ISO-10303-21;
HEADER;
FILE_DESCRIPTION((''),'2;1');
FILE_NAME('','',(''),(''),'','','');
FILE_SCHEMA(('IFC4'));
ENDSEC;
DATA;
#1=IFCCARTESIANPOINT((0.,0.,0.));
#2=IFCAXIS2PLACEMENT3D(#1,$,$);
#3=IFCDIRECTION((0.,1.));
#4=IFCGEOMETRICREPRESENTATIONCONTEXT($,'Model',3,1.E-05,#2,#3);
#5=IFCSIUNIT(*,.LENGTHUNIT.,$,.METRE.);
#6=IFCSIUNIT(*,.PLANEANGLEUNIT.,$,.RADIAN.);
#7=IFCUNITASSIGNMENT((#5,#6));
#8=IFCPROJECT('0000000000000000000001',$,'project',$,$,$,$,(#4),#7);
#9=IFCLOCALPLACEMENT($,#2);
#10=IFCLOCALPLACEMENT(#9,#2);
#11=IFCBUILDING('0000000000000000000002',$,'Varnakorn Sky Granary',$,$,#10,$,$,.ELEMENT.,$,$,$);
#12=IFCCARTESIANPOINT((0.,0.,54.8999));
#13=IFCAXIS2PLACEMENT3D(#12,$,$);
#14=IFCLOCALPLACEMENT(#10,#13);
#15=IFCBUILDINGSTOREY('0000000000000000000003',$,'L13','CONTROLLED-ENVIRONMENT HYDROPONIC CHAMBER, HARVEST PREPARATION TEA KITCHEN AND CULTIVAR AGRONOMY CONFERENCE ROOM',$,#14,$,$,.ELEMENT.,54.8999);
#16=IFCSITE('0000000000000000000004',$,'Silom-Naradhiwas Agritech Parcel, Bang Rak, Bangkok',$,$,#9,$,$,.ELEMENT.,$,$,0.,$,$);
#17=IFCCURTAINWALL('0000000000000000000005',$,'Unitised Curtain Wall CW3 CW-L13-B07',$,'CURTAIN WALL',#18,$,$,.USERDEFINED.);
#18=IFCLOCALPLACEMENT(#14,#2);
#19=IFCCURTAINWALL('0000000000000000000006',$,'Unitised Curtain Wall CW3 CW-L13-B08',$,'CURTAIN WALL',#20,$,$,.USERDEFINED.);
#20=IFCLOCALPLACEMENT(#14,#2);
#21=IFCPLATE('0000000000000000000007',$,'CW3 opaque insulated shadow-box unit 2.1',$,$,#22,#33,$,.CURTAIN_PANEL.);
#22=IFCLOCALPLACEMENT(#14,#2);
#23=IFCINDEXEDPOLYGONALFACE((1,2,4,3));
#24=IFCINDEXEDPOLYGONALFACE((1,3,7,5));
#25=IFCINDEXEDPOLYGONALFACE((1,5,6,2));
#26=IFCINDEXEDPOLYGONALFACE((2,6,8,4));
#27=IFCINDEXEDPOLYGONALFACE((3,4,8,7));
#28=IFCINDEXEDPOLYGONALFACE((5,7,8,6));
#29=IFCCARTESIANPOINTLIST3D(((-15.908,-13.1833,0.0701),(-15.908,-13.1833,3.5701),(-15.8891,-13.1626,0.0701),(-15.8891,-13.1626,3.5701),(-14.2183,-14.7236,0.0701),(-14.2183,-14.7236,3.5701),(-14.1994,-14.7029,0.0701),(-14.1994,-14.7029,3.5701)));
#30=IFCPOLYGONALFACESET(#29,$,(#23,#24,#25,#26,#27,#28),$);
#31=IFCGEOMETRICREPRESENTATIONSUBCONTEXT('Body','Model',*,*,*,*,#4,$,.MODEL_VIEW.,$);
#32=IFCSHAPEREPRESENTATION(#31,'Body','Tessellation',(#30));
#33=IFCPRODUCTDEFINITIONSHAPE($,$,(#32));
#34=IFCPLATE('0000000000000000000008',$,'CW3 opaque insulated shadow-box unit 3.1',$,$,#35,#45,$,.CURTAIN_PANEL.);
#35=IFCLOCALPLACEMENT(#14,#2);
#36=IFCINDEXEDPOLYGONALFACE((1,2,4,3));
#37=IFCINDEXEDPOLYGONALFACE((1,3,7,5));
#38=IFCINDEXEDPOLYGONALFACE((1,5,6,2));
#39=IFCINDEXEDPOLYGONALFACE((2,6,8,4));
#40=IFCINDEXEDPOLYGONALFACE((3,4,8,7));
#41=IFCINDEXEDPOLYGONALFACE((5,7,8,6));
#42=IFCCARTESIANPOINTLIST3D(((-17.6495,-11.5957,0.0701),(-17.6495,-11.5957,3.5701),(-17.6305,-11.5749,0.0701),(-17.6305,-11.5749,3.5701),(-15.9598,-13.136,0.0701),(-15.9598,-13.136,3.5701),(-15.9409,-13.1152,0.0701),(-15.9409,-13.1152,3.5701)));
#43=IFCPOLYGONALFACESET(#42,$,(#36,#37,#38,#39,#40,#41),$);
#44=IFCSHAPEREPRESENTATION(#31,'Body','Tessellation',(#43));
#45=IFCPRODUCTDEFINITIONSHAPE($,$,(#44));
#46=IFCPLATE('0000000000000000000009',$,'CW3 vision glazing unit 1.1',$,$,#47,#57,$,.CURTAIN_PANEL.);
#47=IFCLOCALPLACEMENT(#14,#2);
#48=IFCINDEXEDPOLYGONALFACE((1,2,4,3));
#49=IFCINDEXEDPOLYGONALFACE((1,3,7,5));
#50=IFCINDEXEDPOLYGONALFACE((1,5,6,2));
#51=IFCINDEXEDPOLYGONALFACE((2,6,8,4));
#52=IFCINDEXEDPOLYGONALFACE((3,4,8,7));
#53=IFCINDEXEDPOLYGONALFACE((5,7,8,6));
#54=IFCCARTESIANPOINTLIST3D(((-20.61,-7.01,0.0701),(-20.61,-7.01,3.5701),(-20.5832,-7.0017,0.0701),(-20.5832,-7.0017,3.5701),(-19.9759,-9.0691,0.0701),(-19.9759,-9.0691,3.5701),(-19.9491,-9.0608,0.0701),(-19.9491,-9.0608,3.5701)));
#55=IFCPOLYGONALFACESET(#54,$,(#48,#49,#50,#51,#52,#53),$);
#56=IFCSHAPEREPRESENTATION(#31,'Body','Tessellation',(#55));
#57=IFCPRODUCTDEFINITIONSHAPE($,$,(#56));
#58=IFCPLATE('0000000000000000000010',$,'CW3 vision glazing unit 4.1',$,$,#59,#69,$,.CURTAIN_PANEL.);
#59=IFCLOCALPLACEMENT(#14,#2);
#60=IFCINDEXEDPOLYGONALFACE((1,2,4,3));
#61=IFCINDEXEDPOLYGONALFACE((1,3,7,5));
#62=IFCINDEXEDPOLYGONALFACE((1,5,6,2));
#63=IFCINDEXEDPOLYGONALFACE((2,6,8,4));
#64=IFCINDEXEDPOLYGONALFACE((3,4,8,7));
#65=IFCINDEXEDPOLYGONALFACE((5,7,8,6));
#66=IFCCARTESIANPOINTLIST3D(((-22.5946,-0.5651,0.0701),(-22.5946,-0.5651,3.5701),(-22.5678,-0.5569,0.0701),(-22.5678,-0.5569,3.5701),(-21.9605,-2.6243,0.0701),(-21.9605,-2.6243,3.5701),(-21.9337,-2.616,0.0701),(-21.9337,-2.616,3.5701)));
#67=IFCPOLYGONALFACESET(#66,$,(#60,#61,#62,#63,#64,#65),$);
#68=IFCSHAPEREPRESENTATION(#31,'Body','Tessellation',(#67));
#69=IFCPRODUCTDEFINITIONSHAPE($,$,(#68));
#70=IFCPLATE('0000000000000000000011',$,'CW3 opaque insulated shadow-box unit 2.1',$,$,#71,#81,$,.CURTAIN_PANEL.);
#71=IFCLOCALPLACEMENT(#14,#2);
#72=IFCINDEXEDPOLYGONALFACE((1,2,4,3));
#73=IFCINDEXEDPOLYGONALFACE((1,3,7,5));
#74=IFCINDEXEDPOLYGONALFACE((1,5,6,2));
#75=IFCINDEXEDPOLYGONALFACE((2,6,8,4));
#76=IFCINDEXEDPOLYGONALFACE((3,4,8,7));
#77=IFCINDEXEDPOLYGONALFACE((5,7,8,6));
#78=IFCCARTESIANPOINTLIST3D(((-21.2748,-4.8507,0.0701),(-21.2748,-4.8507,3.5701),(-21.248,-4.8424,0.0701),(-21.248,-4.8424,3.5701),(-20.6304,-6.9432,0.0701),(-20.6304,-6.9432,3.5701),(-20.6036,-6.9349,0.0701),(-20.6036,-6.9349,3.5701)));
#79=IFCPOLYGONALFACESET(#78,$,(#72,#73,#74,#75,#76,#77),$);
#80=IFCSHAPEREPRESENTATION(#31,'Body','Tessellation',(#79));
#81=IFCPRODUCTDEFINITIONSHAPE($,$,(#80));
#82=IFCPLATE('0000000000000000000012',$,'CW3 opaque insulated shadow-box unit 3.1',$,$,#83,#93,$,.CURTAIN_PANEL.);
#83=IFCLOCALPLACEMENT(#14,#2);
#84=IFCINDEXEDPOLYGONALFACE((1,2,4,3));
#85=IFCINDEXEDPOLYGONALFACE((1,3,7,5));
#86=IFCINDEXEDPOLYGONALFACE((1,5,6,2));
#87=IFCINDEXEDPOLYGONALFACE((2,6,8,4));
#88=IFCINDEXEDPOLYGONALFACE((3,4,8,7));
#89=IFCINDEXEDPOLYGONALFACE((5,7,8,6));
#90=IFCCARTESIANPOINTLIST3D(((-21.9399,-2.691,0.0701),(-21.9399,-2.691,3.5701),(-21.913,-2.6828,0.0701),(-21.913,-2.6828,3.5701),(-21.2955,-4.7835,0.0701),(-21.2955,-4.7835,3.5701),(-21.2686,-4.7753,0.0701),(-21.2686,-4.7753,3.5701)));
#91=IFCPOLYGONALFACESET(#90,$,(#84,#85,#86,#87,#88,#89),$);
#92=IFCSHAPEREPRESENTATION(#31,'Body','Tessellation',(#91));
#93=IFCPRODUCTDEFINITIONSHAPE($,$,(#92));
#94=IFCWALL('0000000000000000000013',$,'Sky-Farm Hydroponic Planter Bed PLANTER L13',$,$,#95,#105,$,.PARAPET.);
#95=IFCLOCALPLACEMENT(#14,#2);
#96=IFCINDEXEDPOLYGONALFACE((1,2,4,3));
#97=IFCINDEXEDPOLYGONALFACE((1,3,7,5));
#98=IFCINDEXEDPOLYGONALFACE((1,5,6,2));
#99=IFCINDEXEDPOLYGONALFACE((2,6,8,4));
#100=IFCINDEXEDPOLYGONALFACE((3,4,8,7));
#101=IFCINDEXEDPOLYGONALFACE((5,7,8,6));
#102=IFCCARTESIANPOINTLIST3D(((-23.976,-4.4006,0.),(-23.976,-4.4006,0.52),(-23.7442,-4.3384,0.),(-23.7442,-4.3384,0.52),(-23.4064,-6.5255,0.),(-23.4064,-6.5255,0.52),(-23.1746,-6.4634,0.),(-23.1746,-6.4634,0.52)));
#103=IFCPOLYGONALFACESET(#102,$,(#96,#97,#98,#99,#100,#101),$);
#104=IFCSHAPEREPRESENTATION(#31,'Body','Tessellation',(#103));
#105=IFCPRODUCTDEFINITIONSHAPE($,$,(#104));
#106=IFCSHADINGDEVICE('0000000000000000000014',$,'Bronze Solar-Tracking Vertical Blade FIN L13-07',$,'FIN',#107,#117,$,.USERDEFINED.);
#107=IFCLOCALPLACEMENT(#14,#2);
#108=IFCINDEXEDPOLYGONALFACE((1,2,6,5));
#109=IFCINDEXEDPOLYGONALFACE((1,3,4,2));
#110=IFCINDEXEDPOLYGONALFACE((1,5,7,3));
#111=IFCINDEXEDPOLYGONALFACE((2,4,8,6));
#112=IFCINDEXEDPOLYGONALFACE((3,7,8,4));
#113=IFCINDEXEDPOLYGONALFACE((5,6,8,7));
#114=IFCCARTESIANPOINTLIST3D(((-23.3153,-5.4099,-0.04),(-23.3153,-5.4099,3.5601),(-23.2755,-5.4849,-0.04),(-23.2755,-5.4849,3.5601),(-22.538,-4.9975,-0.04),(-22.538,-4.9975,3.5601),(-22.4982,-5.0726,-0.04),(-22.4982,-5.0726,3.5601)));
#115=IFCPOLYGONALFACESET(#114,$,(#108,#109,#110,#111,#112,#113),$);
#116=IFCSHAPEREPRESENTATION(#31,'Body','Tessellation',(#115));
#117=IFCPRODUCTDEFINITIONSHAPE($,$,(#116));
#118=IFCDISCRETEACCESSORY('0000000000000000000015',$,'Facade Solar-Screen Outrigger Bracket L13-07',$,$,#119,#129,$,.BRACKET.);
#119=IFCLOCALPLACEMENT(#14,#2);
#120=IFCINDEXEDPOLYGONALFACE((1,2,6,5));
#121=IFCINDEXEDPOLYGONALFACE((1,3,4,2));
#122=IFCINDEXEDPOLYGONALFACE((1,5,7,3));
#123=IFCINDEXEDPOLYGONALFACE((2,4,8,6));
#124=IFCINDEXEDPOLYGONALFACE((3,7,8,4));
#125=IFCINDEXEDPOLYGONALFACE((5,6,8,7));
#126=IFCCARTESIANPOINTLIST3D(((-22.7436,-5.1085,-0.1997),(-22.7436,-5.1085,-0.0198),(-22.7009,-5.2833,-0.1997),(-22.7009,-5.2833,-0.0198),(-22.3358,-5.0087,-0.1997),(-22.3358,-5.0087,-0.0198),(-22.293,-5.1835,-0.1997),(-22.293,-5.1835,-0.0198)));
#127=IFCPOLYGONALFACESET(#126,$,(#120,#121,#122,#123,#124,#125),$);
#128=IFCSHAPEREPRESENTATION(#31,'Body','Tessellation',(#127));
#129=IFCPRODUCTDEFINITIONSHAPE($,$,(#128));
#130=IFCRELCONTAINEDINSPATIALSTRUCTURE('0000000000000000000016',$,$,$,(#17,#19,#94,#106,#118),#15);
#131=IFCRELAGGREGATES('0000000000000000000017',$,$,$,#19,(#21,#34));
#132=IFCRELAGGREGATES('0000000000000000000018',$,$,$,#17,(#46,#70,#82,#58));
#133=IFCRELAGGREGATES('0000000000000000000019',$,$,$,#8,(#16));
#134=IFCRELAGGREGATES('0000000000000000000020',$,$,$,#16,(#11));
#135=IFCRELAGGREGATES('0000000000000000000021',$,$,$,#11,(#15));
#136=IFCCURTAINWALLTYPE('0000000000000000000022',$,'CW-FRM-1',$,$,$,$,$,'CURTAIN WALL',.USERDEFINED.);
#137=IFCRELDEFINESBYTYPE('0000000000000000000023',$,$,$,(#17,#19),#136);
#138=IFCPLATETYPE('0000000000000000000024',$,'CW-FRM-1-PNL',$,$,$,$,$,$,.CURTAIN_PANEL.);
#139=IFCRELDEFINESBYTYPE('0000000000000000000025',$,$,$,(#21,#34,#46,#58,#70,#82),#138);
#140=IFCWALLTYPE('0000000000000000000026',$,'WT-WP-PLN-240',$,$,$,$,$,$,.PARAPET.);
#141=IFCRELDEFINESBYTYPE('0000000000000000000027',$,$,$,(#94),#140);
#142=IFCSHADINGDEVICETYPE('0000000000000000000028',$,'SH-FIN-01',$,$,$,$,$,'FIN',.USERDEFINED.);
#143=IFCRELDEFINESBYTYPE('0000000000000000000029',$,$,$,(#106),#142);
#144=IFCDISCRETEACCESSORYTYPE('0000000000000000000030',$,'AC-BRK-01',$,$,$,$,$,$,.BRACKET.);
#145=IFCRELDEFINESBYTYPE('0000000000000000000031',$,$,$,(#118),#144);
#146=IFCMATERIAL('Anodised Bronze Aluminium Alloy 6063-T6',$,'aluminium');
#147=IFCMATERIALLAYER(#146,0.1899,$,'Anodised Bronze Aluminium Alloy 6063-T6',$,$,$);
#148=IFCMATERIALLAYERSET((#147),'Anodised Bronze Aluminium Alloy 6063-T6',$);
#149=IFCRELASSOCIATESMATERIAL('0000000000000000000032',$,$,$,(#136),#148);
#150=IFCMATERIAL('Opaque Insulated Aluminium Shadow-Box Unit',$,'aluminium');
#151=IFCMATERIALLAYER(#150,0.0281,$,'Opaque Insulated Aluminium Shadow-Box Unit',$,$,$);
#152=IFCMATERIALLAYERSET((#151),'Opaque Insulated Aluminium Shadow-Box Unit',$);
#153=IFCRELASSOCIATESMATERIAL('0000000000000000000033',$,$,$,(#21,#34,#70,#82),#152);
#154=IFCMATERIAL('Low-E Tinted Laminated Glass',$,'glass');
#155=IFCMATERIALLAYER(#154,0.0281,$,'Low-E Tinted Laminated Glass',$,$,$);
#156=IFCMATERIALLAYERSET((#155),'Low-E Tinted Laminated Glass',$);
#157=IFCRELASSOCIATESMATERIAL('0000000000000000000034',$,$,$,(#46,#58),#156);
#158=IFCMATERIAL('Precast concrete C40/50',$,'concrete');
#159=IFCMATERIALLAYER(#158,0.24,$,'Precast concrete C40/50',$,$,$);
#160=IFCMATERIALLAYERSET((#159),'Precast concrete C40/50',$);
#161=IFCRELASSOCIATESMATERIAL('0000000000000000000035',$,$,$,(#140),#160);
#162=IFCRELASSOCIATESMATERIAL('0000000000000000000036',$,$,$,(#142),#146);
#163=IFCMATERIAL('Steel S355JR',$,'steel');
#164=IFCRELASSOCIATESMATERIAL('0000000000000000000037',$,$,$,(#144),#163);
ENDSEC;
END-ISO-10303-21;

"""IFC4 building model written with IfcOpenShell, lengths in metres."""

from ifc_helpers import new_model, si_unit, direction, frame, frame_2d, origin, origin_2d, place, context, subcontext, project, spatial, rectangle, extrude, source, transform, mapped, material, layer, layer_set, type_object, type_shapes, element, aggregate, save


model = new_model("IFC4")

# Units and contexts
model_context = context("Model", 3, precision=1e-05, world=origin(), true_north=direction((0.0, 1.0)))
body_context = subcontext(model_context, "Body", "Model", "MODEL_VIEW")
ifc_project = project(units=[si_unit("LENGTHUNIT", "METRE"), si_unit("PLANEANGLEUNIT", "RADIAN")], contexts=[model_context])

# Site, building, storey
site_placement = place(None, origin())
site = spatial("IfcSite", under=ifc_project, at=site_placement, Name="Silom-Naradhiwas Agritech Parcel, Bang Rak, Bangkok", CompositionType="ELEMENT", RefElevation=0.0)
building_placement = place(site_placement, origin())
building = spatial("IfcBuilding", under=site, at=building_placement, Name="Varnakorn Sky Granary", CompositionType="ELEMENT")
storey_placement = place(building_placement, frame((0.0, 0.0, 54.8999)))
storey = spatial("IfcBuildingStorey", under=building, at=storey_placement, Name="L13", Description="CONTROLLED-ENVIRONMENT HYDROPONIC CHAMBER, HARVEST PREPARATION TEA KITCHEN AND CULTIVAR AGRONOMY CONFERENCE ROOM", CompositionType="ELEMENT", Elevation=54.8999)

# Shared definitions
ifc_material_1 = material(Name="Steel S355JR", Category="steel")

# Curtain walls
ifc_material_2 = material(Name="Anodised Bronze Aluminium Alloy 6063-T6", Category="aluminium")
ifc_layer_1 = layer(ifc_material_2, 0.1899, Name="Anodised Bronze Aluminium Alloy 6063-T6")
ifc_layer_set_1 = layer_set([ifc_layer_1], Name="Anodised Bronze Aluminium Alloy 6063-T6")
curtain_wall_type = type_object("IfcCurtainWallType", Name="CW-FRM-1", ElementType="CURTAIN WALL", PredefinedType="USERDEFINED", material=ifc_layer_set_1)
curtain_wall_1_placement = place(storey_placement, origin())
curtain_wall_1 = element("IfcCurtainWall", 1, at=curtain_wall_1_placement, inside=storey, type_object=curtain_wall_type, Name="Unitised Curtain Wall CW3 CW-L13-B07", ObjectType="CURTAIN WALL", PredefinedType="USERDEFINED")
curtain_wall_2_placement = place(storey_placement, origin())
curtain_wall_2 = element("IfcCurtainWall", 2, at=curtain_wall_2_placement, inside=storey, type_object=curtain_wall_type, Name="Unitised Curtain Wall CW3 CW-L13-B08", ObjectType="CURTAIN WALL", PredefinedType="USERDEFINED")

# Plates
ifc_material_3 = material(Name="Low-E Tinted Laminated Glass", Category="glass")
ifc_layer_2 = layer(ifc_material_3, 0.0281, Name="Low-E Tinted Laminated Glass")
ifc_layer_set_2 = layer_set([ifc_layer_2], Name="Low-E Tinted Laminated Glass")
plate_type = type_object("IfcPlateType", Name="CW-FRM-1-PNL", PredefinedType="CURTAIN_PANEL")
ifc_material_4 = material(Name="Opaque Insulated Aluminium Shadow-Box Unit", Category="aluminium")
ifc_layer_3 = layer(ifc_material_4, 0.0281, Name="Opaque Insulated Aluminium Shadow-Box Unit")
ifc_layer_set_3 = layer_set([ifc_layer_3], Name="Opaque Insulated Aluminium Shadow-Box Unit")
shared_shape_1 = source(origin(), body_context, "Body", "SweptSolid", [
    extrude(rectangle(XDim=2.2864, YDim=0.0281, at=origin_2d()), origin(), (0.0, 0.0, 1.0), 3.5),
])
plate_1_placement = place(storey_placement, frame((-15.0537, -13.9431, 0.0701), z_axis=(0.0, 0.0, 1.0), x_axis=(-0.739017, 0.673687, 0.0)))
plate_1 = element("IfcPlate", 3, at=plate_1_placement, type_object=plate_type, material=ifc_layer_set_3, Name="CW3 opaque insulated shadow-box unit 2.1", PredefinedType="CURTAIN_PANEL", context=body_context, shape_type="MappedRepresentation", body=[
    mapped(shared_shape_1, transform((0.0, 0.0, 0.0), x_axis=(1.0, 0.0, 0.0), y_axis=(0.0, 1.0, 0.0), z_axis=(0.0, 0.0, 1.0), scale=1.0)),
])
plate_2_placement = place(storey_placement, frame((-16.7952, -12.3555, 0.0701), z_axis=(0.0, 0.0, 1.0), x_axis=(-0.739017, 0.673687, 0.0)))
plate_2 = element("IfcPlate", 4, at=plate_2_placement, type_object=plate_type, material=ifc_layer_set_3, Name="CW3 opaque insulated shadow-box unit 3.1", PredefinedType="CURTAIN_PANEL", context=body_context, shape_type="MappedRepresentation", body=[
    mapped(shared_shape_1, transform((0.0, 0.0, 0.0), x_axis=(1.0, 0.0, 0.0), y_axis=(0.0, 1.0, 0.0), z_axis=(0.0, 0.0, 1.0), scale=1.0)),
])
aggregate(curtain_wall_2, [plate_1, plate_2])
shared_shape_2 = source(origin(), body_context, "Body", "SweptSolid", [
    extrude(rectangle(XDim=2.1545, YDim=0.0281, at=origin_2d()), origin(), (0.0, 0.0, 1.0), 3.5),
])
plate_3_placement = place(storey_placement, frame((-20.2795, -8.0354, 0.0701), z_axis=(0.0, 0.0, 1.0), x_axis=(-0.29431, 0.95571, 0.0)))
plate_3 = element("IfcPlate", 5, at=plate_3_placement, type_object=plate_type, material=ifc_layer_set_2, Name="CW3 vision glazing unit 1.1", PredefinedType="CURTAIN_PANEL", context=body_context, shape_type="MappedRepresentation", body=[
    mapped(shared_shape_2, transform((0.0, 0.0, 0.0), x_axis=(1.0, 0.0, 0.0), y_axis=(0.0, 1.0, 0.0), z_axis=(0.0, 0.0, 1.0), scale=1.0)),
])
plate_4_placement = place(storey_placement, frame((-22.2642, -1.5906, 0.0701), z_axis=(0.0, 0.0, 1.0), x_axis=(-0.29431, 0.95571, 0.0)))
plate_4 = element("IfcPlate", 6, at=plate_4_placement, type_object=plate_type, material=ifc_layer_set_2, Name="CW3 vision glazing unit 4.1", PredefinedType="CURTAIN_PANEL", context=body_context, shape_type="MappedRepresentation", body=[
    mapped(shared_shape_2, transform((0.0, 0.0, 0.0), x_axis=(1.0, 0.0, 0.0), y_axis=(0.0, 1.0, 0.0), z_axis=(0.0, 0.0, 1.0), scale=1.0)),
])
shared_shape_3 = source(origin(), body_context, "Body", "SweptSolid", [
    extrude(rectangle(XDim=2.1895, YDim=0.0281, at=origin_2d()), origin(), (0.0, 0.0, 1.0), 3.5),
])
plate_5_placement = place(storey_placement, frame((-20.9392, -5.8928, 0.0701), z_axis=(0.0, 0.0, 1.0), x_axis=(-0.29431, 0.95571, 0.0)))
plate_5 = element("IfcPlate", 7, at=plate_5_placement, type_object=plate_type, material=ifc_layer_set_3, Name="CW3 opaque insulated shadow-box unit 2.1", PredefinedType="CURTAIN_PANEL", context=body_context, shape_type="MappedRepresentation", body=[
    mapped(shared_shape_3, transform((0.0, 0.0, 0.0), x_axis=(1.0, 0.0, 0.0), y_axis=(0.0, 1.0, 0.0), z_axis=(0.0, 0.0, 1.0), scale=1.0)),
])
plate_6_placement = place(storey_placement, frame((-21.6042, -3.7332, 0.0701), z_axis=(0.0, 0.0, 1.0), x_axis=(-0.29431, 0.95571, 0.0)))
plate_6 = element("IfcPlate", 8, at=plate_6_placement, type_object=plate_type, material=ifc_layer_set_3, Name="CW3 opaque insulated shadow-box unit 3.1", PredefinedType="CURTAIN_PANEL", context=body_context, shape_type="MappedRepresentation", body=[
    mapped(shared_shape_3, transform((0.0, 0.0, 0.0), x_axis=(1.0, 0.0, 0.0), y_axis=(0.0, 1.0, 0.0), z_axis=(0.0, 0.0, 1.0), scale=1.0)),
])
aggregate(curtain_wall_1, [plate_3, plate_5, plate_6, plate_4])

# Wall
ifc_material_5 = material(Name="Precast concrete C40/50", Category="concrete")
ifc_layer_4 = layer(ifc_material_5, 0.24, Name="Precast concrete C40/50")
ifc_layer_set_4 = layer_set([ifc_layer_4], Name="Precast concrete C40/50")
wall_type = type_object("IfcWallType", Name="WT-WP-PLN-240", PredefinedType="PARAPET", material=ifc_layer_set_4)
wall_placement = place(storey_placement, frame((-23.8601, -4.3694, 0.0), z_axis=(0.0, 0.0, 1.0), x_axis=(0.258899, -0.965904, 0.0)))
element("IfcWall", 9, at=wall_placement, inside=storey, type_object=wall_type, Name="Sky-Farm Hydroponic Planter Bed PLANTER L13", PredefinedType="PARAPET", context=body_context, shape_type="SweptSolid", body=[
    extrude(rectangle(XDim=2.2, YDim=0.24, at=frame_2d((1.1001, 0.0))), origin(), (0.0, 0.0, 1.0), 0.52),
])

# Shading device
shading_device_type = type_object("IfcShadingDeviceType", Name="SH-FIN-01", ElementType="FIN", PredefinedType="USERDEFINED", material=ifc_material_2)
shared_shape_4 = source(origin(), body_context, "Body", "SweptSolid", [
    extrude(rectangle(XDim=0.085, YDim=0.8799, at=origin_2d()), origin(), (0.0, 0.0, 1.0), 3.6001),
])
type_shapes(shading_device_type, [shared_shape_4])
shading_device_placement = place(storey_placement, frame((-22.9067, -5.2412, -0.04), z_axis=(0.0, 0.0, 1.0), x_axis=(0.468663, -0.883377, 0.0)))
element("IfcShadingDevice", 10, at=shading_device_placement, inside=storey, type_object=shading_device_type, Name="Bronze Solar-Tracking Vertical Blade FIN L13-07", ObjectType="FIN", PredefinedType="USERDEFINED", context=body_context, shape_type="MappedRepresentation", body=[
    mapped(shared_shape_4, transform((0.0, 0.0, 0.0), x_axis=(1.0, 0.0, 0.0), y_axis=(0.0, 1.0, 0.0), z_axis=(0.0, 0.0, 1.0), scale=1.0)),
])

# Discrete accessory
discrete_accessory_type = type_object("IfcDiscreteAccessoryType", Name="AC-BRK-01", PredefinedType="BRACKET", material=ifc_material_1)
shared_shape_5 = source(origin(), body_context, "Body", "SweptSolid", [
    extrude(rectangle(XDim=0.1799, YDim=0.4199, at=origin_2d()), origin(), (0.0, 0.0, 1.0), 0.1799),
])
type_shapes(discrete_accessory_type, [shared_shape_5])
discrete_accessory_placement = place(storey_placement, frame((-22.5183, -5.146, -0.1997), z_axis=(0.0, 0.0, 1.0), x_axis=(0.237808, -0.971312, 0.0)))
element("IfcDiscreteAccessory", 11, at=discrete_accessory_placement, inside=storey, type_object=discrete_accessory_type, Name="Facade Solar-Screen Outrigger Bracket L13-07", PredefinedType="BRACKET", context=body_context, shape_type="MappedRepresentation", body=[
    mapped(shared_shape_5, transform((0.0, 0.0, 0.0), x_axis=(1.0, 0.0, 0.0), y_axis=(0.0, 1.0, 0.0), z_axis=(0.0, 0.0, 1.0), scale=1.0)),
])

save(model, "model.ifc")
